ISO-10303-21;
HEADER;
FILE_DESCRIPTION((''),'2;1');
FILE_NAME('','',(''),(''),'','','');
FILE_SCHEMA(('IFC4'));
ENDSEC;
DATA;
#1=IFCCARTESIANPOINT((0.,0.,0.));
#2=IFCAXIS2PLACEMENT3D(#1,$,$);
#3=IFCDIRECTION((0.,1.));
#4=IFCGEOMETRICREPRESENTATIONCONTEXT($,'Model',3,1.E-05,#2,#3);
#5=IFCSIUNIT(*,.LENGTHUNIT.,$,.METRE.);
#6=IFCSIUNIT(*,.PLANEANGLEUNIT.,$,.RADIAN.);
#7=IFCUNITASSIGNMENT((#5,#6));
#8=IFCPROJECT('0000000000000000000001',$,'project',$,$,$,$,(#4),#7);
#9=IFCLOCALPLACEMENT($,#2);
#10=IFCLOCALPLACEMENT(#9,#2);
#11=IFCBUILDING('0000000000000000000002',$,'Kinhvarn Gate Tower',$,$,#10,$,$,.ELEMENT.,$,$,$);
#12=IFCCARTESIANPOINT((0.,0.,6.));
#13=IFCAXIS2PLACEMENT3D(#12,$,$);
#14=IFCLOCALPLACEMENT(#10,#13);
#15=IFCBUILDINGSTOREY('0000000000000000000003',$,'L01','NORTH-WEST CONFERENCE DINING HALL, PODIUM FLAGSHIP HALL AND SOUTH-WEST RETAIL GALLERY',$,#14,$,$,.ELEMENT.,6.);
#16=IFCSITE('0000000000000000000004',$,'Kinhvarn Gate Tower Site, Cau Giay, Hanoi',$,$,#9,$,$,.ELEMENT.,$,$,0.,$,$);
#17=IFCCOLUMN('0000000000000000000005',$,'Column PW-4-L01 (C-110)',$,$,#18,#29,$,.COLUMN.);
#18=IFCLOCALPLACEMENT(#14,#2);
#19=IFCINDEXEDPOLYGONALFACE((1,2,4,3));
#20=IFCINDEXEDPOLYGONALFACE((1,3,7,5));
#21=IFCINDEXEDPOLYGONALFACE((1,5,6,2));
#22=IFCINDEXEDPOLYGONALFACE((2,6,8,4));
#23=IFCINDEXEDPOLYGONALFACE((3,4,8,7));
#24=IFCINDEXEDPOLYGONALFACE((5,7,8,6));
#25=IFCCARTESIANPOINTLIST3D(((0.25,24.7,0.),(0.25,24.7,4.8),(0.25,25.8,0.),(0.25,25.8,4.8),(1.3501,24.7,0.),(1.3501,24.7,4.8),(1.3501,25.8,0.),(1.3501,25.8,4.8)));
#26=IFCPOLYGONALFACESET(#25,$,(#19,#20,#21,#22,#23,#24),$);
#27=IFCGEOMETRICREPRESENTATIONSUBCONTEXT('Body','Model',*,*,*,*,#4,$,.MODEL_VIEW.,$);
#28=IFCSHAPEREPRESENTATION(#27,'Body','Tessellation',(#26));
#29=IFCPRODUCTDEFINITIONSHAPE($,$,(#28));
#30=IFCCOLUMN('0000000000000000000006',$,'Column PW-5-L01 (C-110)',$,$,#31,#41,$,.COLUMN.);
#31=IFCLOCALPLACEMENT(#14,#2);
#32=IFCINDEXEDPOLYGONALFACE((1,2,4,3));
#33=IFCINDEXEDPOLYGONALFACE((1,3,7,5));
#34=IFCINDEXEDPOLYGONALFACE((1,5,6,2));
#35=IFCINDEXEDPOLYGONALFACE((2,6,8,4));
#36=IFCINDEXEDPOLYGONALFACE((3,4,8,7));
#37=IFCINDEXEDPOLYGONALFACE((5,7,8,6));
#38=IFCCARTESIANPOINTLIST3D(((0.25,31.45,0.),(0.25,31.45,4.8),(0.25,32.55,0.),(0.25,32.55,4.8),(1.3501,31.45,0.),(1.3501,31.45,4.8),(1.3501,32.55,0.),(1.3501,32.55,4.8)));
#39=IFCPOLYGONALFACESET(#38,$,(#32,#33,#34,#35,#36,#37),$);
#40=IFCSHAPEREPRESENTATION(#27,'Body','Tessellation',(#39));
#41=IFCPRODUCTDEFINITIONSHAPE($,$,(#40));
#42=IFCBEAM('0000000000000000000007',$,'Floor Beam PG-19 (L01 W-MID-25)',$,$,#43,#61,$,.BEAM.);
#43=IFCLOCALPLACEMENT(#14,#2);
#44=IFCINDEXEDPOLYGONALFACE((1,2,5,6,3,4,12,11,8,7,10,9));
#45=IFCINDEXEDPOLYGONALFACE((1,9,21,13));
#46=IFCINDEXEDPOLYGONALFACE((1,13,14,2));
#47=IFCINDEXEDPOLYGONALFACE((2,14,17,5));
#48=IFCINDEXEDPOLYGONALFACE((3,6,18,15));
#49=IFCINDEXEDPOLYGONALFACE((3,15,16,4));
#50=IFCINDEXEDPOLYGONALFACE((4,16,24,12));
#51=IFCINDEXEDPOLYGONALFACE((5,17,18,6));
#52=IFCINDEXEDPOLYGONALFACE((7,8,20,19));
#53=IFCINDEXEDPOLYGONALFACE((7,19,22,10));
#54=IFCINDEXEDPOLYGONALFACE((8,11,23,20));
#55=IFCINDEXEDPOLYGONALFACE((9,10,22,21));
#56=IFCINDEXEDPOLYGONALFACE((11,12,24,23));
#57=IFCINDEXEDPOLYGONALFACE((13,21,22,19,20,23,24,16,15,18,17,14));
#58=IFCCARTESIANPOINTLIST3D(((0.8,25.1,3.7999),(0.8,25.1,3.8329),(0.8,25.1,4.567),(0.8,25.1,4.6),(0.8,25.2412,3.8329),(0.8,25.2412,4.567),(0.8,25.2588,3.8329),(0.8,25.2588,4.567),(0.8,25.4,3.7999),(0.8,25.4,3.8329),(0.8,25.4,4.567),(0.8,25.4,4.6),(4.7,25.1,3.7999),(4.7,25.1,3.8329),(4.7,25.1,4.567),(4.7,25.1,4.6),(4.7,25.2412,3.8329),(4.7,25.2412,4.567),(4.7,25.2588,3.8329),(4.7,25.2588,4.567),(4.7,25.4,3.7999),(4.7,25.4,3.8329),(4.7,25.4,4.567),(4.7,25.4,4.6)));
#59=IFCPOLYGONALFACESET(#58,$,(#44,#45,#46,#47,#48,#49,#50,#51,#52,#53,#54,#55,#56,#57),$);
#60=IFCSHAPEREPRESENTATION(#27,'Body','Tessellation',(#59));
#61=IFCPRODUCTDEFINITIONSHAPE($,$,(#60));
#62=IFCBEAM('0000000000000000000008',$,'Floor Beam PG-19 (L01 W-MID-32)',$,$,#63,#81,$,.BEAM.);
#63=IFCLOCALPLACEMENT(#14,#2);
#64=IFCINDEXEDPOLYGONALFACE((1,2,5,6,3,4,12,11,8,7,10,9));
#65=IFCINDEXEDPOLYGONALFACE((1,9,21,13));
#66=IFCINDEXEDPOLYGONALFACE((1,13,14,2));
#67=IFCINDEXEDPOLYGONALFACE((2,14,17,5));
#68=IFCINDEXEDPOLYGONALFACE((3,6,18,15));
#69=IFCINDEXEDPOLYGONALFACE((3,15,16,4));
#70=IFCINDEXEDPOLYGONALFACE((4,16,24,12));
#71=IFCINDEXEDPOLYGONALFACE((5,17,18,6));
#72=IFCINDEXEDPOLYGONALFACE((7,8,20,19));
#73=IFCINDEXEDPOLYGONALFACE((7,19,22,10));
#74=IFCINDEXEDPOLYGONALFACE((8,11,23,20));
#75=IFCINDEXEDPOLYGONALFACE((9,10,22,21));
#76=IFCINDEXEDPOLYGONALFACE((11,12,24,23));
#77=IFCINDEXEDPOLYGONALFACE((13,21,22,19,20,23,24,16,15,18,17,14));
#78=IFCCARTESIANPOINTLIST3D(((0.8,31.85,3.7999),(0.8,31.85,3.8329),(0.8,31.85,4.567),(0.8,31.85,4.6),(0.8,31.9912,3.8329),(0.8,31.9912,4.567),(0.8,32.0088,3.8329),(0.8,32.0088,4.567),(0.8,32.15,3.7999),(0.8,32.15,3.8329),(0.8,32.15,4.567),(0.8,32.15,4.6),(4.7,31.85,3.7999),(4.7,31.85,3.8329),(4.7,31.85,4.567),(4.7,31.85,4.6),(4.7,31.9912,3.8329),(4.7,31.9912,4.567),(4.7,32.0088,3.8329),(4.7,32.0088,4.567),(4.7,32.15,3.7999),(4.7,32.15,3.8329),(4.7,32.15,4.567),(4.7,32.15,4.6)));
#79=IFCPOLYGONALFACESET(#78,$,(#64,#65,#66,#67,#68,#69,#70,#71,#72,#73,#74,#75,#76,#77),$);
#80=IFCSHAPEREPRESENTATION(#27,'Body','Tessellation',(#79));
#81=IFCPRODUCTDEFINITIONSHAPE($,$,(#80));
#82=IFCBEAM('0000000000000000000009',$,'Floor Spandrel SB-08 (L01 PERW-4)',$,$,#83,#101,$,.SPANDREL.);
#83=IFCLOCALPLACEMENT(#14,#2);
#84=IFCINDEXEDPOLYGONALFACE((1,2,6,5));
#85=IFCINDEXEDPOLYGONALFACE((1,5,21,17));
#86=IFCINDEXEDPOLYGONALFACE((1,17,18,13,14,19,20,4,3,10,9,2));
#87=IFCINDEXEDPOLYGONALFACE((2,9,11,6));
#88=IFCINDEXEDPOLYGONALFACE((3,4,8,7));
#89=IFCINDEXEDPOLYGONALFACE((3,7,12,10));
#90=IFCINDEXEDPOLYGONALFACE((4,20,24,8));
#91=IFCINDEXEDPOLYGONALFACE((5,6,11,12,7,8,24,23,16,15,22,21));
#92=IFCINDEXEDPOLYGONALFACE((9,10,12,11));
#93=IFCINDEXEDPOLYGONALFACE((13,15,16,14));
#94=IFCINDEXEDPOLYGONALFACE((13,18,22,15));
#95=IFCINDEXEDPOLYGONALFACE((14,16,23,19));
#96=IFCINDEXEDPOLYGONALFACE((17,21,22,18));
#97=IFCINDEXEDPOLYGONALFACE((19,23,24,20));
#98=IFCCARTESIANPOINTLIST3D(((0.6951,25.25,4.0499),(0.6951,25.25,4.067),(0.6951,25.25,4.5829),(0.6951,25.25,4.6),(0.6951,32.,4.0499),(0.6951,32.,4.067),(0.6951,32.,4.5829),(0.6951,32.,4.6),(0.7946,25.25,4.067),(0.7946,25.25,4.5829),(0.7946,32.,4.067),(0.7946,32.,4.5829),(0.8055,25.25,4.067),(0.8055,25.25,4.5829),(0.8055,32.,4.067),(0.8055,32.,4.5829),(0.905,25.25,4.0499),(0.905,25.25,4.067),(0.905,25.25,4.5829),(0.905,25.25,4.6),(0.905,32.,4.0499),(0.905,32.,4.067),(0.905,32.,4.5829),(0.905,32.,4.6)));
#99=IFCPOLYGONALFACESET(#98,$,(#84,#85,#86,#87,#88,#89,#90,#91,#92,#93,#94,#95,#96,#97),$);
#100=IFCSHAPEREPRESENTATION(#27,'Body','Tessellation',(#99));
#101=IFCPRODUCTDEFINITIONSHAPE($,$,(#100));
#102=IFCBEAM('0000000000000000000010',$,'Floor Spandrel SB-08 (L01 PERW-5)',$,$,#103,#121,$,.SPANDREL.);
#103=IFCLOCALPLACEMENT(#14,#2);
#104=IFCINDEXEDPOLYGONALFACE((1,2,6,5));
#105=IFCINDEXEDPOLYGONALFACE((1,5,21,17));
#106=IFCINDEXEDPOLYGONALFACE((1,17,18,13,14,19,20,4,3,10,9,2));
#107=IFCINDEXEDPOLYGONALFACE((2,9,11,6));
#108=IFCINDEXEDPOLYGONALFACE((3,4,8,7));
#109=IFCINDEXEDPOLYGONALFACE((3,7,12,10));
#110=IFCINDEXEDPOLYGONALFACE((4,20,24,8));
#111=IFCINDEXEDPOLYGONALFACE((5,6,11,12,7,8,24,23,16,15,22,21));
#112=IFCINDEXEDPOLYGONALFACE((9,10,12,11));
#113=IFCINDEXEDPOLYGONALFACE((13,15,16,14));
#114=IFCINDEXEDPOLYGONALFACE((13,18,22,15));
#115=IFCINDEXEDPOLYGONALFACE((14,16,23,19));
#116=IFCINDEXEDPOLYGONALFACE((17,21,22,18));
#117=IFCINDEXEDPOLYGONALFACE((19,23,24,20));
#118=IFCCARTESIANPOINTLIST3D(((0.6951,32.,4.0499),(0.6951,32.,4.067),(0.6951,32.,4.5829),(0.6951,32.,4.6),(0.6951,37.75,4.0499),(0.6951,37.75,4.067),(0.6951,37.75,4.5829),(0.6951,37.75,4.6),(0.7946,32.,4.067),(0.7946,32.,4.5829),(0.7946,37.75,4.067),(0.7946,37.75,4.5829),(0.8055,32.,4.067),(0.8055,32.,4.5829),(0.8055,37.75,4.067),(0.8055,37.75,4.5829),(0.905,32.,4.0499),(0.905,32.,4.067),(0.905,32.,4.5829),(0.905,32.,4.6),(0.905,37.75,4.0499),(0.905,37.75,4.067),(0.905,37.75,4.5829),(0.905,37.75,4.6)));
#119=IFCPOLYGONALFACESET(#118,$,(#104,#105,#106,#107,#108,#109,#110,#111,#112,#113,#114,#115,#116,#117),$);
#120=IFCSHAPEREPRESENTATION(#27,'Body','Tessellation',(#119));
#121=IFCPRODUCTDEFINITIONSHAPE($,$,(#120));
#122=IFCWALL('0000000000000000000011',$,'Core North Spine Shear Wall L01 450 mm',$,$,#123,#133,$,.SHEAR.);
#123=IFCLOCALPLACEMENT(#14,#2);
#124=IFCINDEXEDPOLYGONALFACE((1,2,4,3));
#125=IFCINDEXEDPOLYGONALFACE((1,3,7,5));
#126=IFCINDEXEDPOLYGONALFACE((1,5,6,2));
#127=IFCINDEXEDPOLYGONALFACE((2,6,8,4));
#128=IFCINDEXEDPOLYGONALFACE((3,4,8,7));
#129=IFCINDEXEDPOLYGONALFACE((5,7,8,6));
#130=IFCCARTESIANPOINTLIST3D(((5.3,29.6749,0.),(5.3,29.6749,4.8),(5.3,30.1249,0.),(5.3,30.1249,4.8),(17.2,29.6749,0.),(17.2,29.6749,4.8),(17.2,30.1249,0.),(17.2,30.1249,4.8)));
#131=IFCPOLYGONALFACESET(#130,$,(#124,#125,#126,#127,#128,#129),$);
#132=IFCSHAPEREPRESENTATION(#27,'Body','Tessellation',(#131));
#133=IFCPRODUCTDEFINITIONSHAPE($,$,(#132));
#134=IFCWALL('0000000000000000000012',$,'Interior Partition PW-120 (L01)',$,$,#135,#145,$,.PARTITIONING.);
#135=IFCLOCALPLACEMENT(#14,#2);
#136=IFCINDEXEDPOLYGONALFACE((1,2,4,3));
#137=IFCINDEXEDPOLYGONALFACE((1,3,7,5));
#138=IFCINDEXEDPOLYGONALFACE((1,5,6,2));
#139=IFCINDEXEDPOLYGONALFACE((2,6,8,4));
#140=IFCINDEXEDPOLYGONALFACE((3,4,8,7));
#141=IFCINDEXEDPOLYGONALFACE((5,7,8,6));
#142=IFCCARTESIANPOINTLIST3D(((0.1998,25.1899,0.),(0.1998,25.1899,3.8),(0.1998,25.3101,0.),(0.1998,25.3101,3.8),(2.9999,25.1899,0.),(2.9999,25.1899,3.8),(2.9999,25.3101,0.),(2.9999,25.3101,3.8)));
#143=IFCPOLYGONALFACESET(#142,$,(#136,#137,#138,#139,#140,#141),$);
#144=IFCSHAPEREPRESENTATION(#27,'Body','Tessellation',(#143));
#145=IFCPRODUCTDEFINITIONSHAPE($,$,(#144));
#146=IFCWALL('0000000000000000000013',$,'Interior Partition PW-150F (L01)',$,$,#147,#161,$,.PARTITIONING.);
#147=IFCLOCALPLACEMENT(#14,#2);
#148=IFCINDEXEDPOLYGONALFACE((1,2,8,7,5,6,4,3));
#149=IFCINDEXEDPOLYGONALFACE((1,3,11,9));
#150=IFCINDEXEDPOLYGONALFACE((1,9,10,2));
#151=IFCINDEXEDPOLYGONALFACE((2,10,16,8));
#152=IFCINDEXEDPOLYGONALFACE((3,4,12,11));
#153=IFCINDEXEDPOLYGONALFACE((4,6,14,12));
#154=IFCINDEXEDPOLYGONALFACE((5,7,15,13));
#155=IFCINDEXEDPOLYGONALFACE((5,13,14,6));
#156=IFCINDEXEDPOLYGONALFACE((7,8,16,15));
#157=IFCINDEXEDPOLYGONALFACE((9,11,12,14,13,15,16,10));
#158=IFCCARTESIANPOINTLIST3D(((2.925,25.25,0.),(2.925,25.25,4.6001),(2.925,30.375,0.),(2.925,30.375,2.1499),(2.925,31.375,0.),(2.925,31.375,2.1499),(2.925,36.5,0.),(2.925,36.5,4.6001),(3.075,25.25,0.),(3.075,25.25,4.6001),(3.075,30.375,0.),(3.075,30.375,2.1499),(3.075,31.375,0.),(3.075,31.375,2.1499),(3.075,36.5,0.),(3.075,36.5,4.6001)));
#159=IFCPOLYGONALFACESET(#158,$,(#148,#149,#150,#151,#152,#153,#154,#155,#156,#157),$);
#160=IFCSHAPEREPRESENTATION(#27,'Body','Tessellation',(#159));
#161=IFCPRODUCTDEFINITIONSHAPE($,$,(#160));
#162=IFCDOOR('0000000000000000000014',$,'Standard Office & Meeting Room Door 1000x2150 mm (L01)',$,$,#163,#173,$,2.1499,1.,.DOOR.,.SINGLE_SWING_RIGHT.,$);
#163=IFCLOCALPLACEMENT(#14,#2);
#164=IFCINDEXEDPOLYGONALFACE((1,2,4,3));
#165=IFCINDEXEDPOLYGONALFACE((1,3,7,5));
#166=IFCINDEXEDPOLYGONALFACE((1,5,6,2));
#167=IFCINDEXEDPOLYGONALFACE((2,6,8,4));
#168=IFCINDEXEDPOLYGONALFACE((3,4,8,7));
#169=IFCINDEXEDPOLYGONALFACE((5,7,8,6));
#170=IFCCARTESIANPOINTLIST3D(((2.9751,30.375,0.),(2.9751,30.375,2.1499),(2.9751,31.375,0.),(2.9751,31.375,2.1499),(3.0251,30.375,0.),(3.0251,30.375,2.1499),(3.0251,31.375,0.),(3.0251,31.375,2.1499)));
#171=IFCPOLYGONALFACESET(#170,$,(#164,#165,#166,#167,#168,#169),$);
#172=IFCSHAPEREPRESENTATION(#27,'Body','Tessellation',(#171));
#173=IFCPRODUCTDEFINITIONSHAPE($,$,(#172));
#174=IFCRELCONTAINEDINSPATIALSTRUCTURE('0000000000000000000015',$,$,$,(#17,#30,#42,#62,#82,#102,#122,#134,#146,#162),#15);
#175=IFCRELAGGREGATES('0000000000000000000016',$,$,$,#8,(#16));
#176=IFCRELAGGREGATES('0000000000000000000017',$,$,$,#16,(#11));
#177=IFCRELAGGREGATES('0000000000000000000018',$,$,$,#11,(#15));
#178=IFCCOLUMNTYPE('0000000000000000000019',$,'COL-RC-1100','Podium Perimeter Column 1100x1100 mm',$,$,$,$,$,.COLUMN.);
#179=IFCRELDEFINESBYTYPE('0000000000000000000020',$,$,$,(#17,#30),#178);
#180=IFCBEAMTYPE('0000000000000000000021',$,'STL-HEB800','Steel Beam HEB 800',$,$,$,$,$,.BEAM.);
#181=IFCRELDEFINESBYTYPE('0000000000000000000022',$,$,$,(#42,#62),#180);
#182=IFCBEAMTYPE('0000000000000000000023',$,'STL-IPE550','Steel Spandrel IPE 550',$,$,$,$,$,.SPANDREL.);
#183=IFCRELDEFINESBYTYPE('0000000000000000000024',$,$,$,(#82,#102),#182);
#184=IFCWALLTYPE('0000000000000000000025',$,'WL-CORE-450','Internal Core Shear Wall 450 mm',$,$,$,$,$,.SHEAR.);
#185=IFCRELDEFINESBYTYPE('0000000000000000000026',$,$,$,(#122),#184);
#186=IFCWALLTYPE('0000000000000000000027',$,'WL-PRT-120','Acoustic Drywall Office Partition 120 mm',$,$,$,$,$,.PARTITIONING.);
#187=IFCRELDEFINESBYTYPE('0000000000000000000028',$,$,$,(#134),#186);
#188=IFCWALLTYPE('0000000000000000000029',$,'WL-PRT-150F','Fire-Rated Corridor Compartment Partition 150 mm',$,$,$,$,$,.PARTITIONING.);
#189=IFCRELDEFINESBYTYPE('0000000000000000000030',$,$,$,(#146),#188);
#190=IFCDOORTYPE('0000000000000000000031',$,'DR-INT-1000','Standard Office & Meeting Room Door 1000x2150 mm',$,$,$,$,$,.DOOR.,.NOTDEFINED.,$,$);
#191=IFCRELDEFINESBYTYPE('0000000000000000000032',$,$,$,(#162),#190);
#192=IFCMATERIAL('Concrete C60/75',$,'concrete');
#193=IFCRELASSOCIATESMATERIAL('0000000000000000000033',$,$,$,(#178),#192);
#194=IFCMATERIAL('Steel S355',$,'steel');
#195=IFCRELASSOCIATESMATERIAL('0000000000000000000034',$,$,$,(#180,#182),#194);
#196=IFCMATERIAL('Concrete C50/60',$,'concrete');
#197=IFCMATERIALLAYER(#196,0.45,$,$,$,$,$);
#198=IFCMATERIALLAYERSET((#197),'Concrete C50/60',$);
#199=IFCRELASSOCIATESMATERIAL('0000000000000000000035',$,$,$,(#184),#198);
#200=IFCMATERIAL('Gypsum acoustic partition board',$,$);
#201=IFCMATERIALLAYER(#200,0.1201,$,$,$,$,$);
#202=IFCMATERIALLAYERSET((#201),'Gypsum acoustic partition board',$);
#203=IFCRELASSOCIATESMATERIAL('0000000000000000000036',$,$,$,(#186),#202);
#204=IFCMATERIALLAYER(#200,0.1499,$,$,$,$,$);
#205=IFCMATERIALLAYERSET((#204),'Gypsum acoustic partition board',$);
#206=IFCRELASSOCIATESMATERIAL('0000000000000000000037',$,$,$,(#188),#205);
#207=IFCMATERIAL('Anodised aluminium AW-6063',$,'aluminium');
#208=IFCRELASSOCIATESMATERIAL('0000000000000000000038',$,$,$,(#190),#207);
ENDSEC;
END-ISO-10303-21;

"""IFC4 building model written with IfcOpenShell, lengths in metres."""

from ifc_helpers import new_model, si_unit, direction, frame, frame_2d, origin, origin_2d, place, context, subcontext, project, spatial, rectangle, i_section, extrude, material, layer, layer_set, material_profile, profile_set, type_object, element, fill, save


model = new_model("IFC4")

# Units and contexts
model_context = context("Model", 3, precision=1e-05, world=origin(), true_north=direction((0.0, 1.0)))
body_context = subcontext(model_context, "Body", "Model", "MODEL_VIEW")
ifc_project = project(units=[si_unit("LENGTHUNIT", "METRE"), si_unit("PLANEANGLEUNIT", "RADIAN")], contexts=[model_context])

# Site, building, storey
site_placement = place(None, origin())
site = spatial("IfcSite", under=ifc_project, at=site_placement, Name="Kinhvarn Gate Tower Site, Cau Giay, Hanoi", CompositionType="ELEMENT", RefElevation=0.0)
building_placement = place(site_placement, origin())
building = spatial("IfcBuilding", under=site, at=building_placement, Name="Kinhvarn Gate Tower", CompositionType="ELEMENT")
storey_placement = place(building_placement, frame((0.0, 0.0, 6.0)))
storey = spatial("IfcBuildingStorey", under=building, at=storey_placement, Name="L01", Description="NORTH-WEST CONFERENCE DINING HALL, PODIUM FLAGSHIP HALL AND SOUTH-WEST RETAIL GALLERY", CompositionType="ELEMENT", Elevation=6.0)

# Columns
ifc_material_1 = material(Name="Concrete C60/75", Category="concrete")
ifc_material_profile_1 = material_profile(ifc_material_1, rectangle(XDim=1.1001, YDim=1.1001, at=origin_2d()), Name="RC 1100x1100")
ifc_profile_set_1 = profile_set([ifc_material_profile_1], Name="Concrete C60/75")
column_type = type_object("IfcColumnType", Name="COL-RC-1100", Description="Podium Perimeter Column 1100x1100 mm", PredefinedType="COLUMN", material=ifc_profile_set_1)
for number, where, z_axis, x_axis, name in (
    (1, (0.8, 25.25, 0.0), (0.0, 0.0, 1.0), (1.0, 0.0, 0.0), "Column PW-4-L01 (C-110)"),
    (2, (0.8, 32.0, 0.0), (0.0, 0.0, 1.0), (1.0, 0.0, 0.0), "Column PW-5-L01 (C-110)"),
):
    element("IfcColumn", number, at=place(storey_placement, frame(where, z_axis=z_axis, x_axis=x_axis)), inside=storey, type_object=column_type, Name=name, PredefinedType="COLUMN", context=body_context, shape_type="SweptSolid", body=[
        extrude(rectangle(XDim=1.1001, YDim=1.1001, at=origin_2d()), origin(), (0.0, 0.0, 1.0), 4.8),
    ])

# Beams
ifc_material_2 = material(Name="Steel S355", Category="steel")
ifc_material_profile_2 = material_profile(ifc_material_2, i_section(OverallWidth=0.3, OverallDepth=0.8, WebThickness=0.0176, FlangeThickness=0.033, at=origin_2d()), Name="HEB 800")
ifc_profile_set_2 = profile_set([ifc_material_profile_2], Name="Steel S355")
beam_type_1 = type_object("IfcBeamType", Name="STL-HEB800", Description="Steel Beam HEB 800", PredefinedType="BEAM", material=ifc_profile_set_2)
for number, where, z_axis, x_axis, name in (
    (3, (0.8, 25.25, 4.2), (1.0, 0.0, 0.0), (0.0, 1.0, 0.0), "Floor Beam PG-19 (L01 W-MID-25)"),
    (4, (0.8, 32.0, 4.2), (1.0, 0.0, 0.0), (0.0, 1.0, 0.0), "Floor Beam PG-19 (L01 W-MID-32)"),
):
    element("IfcBeam", number, at=place(storey_placement, frame(where, z_axis=z_axis, x_axis=x_axis)), inside=storey, type_object=beam_type_1, Name=name, PredefinedType="BEAM", context=body_context, shape_type="SweptSolid", body=[
        extrude(i_section(OverallWidth=0.3, OverallDepth=0.8, WebThickness=0.0176, FlangeThickness=0.033, at=origin_2d()), origin(), (0.0, 0.0, 1.0), 3.8999),
    ])
ifc_material_profile_3 = material_profile(ifc_material_2, i_section(OverallWidth=0.21, OverallDepth=0.55, WebThickness=0.011, FlangeThickness=0.0171, at=origin_2d()), Name="IPE 550")
ifc_profile_set_3 = profile_set([ifc_material_profile_3], Name="Steel S355")
beam_type_2 = type_object("IfcBeamType", Name="STL-IPE550", Description="Steel Spandrel IPE 550", PredefinedType="SPANDREL", material=ifc_profile_set_3)
beam_1_placement = place(storey_placement, frame((0.8, 25.25, 4.325), z_axis=(0.0, 1.0, 0.0), x_axis=(-1.0, 0.0, 0.0)))
element("IfcBeam", 5, at=beam_1_placement, inside=storey, type_object=beam_type_2, Name="Floor Spandrel SB-08 (L01 PERW-4)", PredefinedType="SPANDREL", context=body_context, shape_type="SweptSolid", body=[
    extrude(i_section(OverallWidth=0.21, OverallDepth=0.55, WebThickness=0.011, FlangeThickness=0.0171, at=origin_2d()), origin(), (0.0, 0.0, 1.0), 6.75),
])
beam_2_placement = place(storey_placement, frame((0.8, 32.0, 4.325), z_axis=(0.0, 1.0, 0.0), x_axis=(-1.0, 0.0, 0.0)))
element("IfcBeam", 6, at=beam_2_placement, inside=storey, type_object=beam_type_2, Name="Floor Spandrel SB-08 (L01 PERW-5)", PredefinedType="SPANDREL", context=body_context, shape_type="SweptSolid", body=[
    extrude(i_section(OverallWidth=0.21, OverallDepth=0.55, WebThickness=0.011, FlangeThickness=0.0171, at=origin_2d()), origin(), (0.0, 0.0, 1.0), 5.75),
])

# Walls
ifc_material_3 = material(Name="Concrete C50/60", Category="concrete")
ifc_layer_1 = layer(ifc_material_3, 0.45)
ifc_layer_set_1 = layer_set([ifc_layer_1], Name="Concrete C50/60")
wall_type_1 = type_object("IfcWallType", Name="WL-CORE-450", Description="Internal Core Shear Wall 450 mm", PredefinedType="SHEAR", material=ifc_layer_set_1)
wall_1_placement = place(storey_placement, frame((5.3, 29.8999, 0.0), z_axis=(0.0, 0.0, 1.0), x_axis=(1.0, 0.0, 0.0)))
element("IfcWall", 7, at=wall_1_placement, inside=storey, type_object=wall_type_1, Name="Core North Spine Shear Wall L01 450 mm", PredefinedType="SHEAR", context=body_context, shape_type="SweptSolid", body=[
    extrude(rectangle(XDim=11.8999, YDim=0.45, at=frame_2d((5.95, 0.0))), origin(), (0.0, 0.0, 1.0), 4.8),
])
ifc_material_4 = material(Name="Gypsum acoustic partition board")
ifc_layer_2 = layer(ifc_material_4, 0.1201)
ifc_layer_set_2 = layer_set([ifc_layer_2], Name="Gypsum acoustic partition board")
wall_type_2 = type_object("IfcWallType", Name="WL-PRT-120", Description="Acoustic Drywall Office Partition 120 mm", PredefinedType="PARTITIONING", material=ifc_layer_set_2)
wall_2_placement = place(storey_placement, frame((0.2, 25.25, 0.0), z_axis=(0.0, 0.0, 1.0), x_axis=(1.0, 0.0, 0.0)))
element("IfcWall", 8, at=wall_2_placement, inside=storey, type_object=wall_type_2, Name="Interior Partition PW-120 (L01)", PredefinedType="PARTITIONING", context=body_context, shape_type="SweptSolid", body=[
    extrude(rectangle(XDim=2.8, YDim=0.1201, at=frame_2d((1.3999, 0.0))), origin(), (0.0, 0.0, 1.0), 3.8),
])

# Wall, opening, door
ifc_layer_3 = layer(ifc_material_4, 0.1499)
ifc_layer_set_3 = layer_set([ifc_layer_3], Name="Gypsum acoustic partition board")
wall_type_3 = type_object("IfcWallType", Name="WL-PRT-150F", Description="Fire-Rated Corridor Compartment Partition 150 mm", PredefinedType="PARTITIONING", material=ifc_layer_set_3)
wall_3_placement = place(storey_placement, frame((3.0, 25.25, 0.0), z_axis=(0.0, 0.0, 1.0), x_axis=(0.0, 1.0, 0.0)))
wall_3 = element("IfcWall", 9, at=wall_3_placement, inside=storey, type_object=wall_type_3, Name="Interior Partition PW-150F (L01)", PredefinedType="PARTITIONING", context=body_context, shape_type="SweptSolid", body=[
    extrude(rectangle(XDim=11.25, YDim=0.1499, at=frame_2d((5.625, 0.0))), origin(), (0.0, 0.0, 1.0), 4.6001),
])
opening_placement = place(wall_3_placement, frame((5.125, 0.0, 0.0)))
opening = element("IfcOpeningElement", 10, at=opening_placement, cuts=wall_3, PredefinedType="OPENING", context=body_context, shape_type="SweptSolid", body=[
    extrude(rectangle(XDim=1.0, YDim=2.1499, at=frame_2d((0.5, 1.075))), frame((0.0, 0.085, 0.0), z_axis=(0.0, -1.0, 0.0), x_axis=(1.0, 0.0, 0.0)), (0.0, 0.0, 1.0), 0.1699),
])
ifc_material_5 = material(Name="Anodised aluminium AW-6063", Category="aluminium")
door_type = type_object("IfcDoorType", Name="DR-INT-1000", Description="Standard Office & Meeting Room Door 1000x2150 mm", OperationType="NOTDEFINED", PredefinedType="DOOR", material=ifc_material_5)
door_placement = place(opening_placement, origin())
door = element("IfcDoor", 11, at=door_placement, inside=storey, type_object=door_type, Name="Standard Office & Meeting Room Door 1000x2150 mm (L01)", OperationType="SINGLE_SWING_RIGHT", OverallHeight=2.1499, OverallWidth=1.0, PredefinedType="DOOR", context=body_context, shape_type="SweptSolid", body=[
    extrude(rectangle(XDim=1.0, YDim=2.1499, at=frame_2d((0.5, 1.075))), frame((0.0, 0.0249, 0.0), z_axis=(0.0, -1.0, 0.0), x_axis=(1.0, 0.0, 0.0)), (0.0, 0.0, 1.0), 0.05),
])
fill(opening, door)

save(model, "model.ifc")
